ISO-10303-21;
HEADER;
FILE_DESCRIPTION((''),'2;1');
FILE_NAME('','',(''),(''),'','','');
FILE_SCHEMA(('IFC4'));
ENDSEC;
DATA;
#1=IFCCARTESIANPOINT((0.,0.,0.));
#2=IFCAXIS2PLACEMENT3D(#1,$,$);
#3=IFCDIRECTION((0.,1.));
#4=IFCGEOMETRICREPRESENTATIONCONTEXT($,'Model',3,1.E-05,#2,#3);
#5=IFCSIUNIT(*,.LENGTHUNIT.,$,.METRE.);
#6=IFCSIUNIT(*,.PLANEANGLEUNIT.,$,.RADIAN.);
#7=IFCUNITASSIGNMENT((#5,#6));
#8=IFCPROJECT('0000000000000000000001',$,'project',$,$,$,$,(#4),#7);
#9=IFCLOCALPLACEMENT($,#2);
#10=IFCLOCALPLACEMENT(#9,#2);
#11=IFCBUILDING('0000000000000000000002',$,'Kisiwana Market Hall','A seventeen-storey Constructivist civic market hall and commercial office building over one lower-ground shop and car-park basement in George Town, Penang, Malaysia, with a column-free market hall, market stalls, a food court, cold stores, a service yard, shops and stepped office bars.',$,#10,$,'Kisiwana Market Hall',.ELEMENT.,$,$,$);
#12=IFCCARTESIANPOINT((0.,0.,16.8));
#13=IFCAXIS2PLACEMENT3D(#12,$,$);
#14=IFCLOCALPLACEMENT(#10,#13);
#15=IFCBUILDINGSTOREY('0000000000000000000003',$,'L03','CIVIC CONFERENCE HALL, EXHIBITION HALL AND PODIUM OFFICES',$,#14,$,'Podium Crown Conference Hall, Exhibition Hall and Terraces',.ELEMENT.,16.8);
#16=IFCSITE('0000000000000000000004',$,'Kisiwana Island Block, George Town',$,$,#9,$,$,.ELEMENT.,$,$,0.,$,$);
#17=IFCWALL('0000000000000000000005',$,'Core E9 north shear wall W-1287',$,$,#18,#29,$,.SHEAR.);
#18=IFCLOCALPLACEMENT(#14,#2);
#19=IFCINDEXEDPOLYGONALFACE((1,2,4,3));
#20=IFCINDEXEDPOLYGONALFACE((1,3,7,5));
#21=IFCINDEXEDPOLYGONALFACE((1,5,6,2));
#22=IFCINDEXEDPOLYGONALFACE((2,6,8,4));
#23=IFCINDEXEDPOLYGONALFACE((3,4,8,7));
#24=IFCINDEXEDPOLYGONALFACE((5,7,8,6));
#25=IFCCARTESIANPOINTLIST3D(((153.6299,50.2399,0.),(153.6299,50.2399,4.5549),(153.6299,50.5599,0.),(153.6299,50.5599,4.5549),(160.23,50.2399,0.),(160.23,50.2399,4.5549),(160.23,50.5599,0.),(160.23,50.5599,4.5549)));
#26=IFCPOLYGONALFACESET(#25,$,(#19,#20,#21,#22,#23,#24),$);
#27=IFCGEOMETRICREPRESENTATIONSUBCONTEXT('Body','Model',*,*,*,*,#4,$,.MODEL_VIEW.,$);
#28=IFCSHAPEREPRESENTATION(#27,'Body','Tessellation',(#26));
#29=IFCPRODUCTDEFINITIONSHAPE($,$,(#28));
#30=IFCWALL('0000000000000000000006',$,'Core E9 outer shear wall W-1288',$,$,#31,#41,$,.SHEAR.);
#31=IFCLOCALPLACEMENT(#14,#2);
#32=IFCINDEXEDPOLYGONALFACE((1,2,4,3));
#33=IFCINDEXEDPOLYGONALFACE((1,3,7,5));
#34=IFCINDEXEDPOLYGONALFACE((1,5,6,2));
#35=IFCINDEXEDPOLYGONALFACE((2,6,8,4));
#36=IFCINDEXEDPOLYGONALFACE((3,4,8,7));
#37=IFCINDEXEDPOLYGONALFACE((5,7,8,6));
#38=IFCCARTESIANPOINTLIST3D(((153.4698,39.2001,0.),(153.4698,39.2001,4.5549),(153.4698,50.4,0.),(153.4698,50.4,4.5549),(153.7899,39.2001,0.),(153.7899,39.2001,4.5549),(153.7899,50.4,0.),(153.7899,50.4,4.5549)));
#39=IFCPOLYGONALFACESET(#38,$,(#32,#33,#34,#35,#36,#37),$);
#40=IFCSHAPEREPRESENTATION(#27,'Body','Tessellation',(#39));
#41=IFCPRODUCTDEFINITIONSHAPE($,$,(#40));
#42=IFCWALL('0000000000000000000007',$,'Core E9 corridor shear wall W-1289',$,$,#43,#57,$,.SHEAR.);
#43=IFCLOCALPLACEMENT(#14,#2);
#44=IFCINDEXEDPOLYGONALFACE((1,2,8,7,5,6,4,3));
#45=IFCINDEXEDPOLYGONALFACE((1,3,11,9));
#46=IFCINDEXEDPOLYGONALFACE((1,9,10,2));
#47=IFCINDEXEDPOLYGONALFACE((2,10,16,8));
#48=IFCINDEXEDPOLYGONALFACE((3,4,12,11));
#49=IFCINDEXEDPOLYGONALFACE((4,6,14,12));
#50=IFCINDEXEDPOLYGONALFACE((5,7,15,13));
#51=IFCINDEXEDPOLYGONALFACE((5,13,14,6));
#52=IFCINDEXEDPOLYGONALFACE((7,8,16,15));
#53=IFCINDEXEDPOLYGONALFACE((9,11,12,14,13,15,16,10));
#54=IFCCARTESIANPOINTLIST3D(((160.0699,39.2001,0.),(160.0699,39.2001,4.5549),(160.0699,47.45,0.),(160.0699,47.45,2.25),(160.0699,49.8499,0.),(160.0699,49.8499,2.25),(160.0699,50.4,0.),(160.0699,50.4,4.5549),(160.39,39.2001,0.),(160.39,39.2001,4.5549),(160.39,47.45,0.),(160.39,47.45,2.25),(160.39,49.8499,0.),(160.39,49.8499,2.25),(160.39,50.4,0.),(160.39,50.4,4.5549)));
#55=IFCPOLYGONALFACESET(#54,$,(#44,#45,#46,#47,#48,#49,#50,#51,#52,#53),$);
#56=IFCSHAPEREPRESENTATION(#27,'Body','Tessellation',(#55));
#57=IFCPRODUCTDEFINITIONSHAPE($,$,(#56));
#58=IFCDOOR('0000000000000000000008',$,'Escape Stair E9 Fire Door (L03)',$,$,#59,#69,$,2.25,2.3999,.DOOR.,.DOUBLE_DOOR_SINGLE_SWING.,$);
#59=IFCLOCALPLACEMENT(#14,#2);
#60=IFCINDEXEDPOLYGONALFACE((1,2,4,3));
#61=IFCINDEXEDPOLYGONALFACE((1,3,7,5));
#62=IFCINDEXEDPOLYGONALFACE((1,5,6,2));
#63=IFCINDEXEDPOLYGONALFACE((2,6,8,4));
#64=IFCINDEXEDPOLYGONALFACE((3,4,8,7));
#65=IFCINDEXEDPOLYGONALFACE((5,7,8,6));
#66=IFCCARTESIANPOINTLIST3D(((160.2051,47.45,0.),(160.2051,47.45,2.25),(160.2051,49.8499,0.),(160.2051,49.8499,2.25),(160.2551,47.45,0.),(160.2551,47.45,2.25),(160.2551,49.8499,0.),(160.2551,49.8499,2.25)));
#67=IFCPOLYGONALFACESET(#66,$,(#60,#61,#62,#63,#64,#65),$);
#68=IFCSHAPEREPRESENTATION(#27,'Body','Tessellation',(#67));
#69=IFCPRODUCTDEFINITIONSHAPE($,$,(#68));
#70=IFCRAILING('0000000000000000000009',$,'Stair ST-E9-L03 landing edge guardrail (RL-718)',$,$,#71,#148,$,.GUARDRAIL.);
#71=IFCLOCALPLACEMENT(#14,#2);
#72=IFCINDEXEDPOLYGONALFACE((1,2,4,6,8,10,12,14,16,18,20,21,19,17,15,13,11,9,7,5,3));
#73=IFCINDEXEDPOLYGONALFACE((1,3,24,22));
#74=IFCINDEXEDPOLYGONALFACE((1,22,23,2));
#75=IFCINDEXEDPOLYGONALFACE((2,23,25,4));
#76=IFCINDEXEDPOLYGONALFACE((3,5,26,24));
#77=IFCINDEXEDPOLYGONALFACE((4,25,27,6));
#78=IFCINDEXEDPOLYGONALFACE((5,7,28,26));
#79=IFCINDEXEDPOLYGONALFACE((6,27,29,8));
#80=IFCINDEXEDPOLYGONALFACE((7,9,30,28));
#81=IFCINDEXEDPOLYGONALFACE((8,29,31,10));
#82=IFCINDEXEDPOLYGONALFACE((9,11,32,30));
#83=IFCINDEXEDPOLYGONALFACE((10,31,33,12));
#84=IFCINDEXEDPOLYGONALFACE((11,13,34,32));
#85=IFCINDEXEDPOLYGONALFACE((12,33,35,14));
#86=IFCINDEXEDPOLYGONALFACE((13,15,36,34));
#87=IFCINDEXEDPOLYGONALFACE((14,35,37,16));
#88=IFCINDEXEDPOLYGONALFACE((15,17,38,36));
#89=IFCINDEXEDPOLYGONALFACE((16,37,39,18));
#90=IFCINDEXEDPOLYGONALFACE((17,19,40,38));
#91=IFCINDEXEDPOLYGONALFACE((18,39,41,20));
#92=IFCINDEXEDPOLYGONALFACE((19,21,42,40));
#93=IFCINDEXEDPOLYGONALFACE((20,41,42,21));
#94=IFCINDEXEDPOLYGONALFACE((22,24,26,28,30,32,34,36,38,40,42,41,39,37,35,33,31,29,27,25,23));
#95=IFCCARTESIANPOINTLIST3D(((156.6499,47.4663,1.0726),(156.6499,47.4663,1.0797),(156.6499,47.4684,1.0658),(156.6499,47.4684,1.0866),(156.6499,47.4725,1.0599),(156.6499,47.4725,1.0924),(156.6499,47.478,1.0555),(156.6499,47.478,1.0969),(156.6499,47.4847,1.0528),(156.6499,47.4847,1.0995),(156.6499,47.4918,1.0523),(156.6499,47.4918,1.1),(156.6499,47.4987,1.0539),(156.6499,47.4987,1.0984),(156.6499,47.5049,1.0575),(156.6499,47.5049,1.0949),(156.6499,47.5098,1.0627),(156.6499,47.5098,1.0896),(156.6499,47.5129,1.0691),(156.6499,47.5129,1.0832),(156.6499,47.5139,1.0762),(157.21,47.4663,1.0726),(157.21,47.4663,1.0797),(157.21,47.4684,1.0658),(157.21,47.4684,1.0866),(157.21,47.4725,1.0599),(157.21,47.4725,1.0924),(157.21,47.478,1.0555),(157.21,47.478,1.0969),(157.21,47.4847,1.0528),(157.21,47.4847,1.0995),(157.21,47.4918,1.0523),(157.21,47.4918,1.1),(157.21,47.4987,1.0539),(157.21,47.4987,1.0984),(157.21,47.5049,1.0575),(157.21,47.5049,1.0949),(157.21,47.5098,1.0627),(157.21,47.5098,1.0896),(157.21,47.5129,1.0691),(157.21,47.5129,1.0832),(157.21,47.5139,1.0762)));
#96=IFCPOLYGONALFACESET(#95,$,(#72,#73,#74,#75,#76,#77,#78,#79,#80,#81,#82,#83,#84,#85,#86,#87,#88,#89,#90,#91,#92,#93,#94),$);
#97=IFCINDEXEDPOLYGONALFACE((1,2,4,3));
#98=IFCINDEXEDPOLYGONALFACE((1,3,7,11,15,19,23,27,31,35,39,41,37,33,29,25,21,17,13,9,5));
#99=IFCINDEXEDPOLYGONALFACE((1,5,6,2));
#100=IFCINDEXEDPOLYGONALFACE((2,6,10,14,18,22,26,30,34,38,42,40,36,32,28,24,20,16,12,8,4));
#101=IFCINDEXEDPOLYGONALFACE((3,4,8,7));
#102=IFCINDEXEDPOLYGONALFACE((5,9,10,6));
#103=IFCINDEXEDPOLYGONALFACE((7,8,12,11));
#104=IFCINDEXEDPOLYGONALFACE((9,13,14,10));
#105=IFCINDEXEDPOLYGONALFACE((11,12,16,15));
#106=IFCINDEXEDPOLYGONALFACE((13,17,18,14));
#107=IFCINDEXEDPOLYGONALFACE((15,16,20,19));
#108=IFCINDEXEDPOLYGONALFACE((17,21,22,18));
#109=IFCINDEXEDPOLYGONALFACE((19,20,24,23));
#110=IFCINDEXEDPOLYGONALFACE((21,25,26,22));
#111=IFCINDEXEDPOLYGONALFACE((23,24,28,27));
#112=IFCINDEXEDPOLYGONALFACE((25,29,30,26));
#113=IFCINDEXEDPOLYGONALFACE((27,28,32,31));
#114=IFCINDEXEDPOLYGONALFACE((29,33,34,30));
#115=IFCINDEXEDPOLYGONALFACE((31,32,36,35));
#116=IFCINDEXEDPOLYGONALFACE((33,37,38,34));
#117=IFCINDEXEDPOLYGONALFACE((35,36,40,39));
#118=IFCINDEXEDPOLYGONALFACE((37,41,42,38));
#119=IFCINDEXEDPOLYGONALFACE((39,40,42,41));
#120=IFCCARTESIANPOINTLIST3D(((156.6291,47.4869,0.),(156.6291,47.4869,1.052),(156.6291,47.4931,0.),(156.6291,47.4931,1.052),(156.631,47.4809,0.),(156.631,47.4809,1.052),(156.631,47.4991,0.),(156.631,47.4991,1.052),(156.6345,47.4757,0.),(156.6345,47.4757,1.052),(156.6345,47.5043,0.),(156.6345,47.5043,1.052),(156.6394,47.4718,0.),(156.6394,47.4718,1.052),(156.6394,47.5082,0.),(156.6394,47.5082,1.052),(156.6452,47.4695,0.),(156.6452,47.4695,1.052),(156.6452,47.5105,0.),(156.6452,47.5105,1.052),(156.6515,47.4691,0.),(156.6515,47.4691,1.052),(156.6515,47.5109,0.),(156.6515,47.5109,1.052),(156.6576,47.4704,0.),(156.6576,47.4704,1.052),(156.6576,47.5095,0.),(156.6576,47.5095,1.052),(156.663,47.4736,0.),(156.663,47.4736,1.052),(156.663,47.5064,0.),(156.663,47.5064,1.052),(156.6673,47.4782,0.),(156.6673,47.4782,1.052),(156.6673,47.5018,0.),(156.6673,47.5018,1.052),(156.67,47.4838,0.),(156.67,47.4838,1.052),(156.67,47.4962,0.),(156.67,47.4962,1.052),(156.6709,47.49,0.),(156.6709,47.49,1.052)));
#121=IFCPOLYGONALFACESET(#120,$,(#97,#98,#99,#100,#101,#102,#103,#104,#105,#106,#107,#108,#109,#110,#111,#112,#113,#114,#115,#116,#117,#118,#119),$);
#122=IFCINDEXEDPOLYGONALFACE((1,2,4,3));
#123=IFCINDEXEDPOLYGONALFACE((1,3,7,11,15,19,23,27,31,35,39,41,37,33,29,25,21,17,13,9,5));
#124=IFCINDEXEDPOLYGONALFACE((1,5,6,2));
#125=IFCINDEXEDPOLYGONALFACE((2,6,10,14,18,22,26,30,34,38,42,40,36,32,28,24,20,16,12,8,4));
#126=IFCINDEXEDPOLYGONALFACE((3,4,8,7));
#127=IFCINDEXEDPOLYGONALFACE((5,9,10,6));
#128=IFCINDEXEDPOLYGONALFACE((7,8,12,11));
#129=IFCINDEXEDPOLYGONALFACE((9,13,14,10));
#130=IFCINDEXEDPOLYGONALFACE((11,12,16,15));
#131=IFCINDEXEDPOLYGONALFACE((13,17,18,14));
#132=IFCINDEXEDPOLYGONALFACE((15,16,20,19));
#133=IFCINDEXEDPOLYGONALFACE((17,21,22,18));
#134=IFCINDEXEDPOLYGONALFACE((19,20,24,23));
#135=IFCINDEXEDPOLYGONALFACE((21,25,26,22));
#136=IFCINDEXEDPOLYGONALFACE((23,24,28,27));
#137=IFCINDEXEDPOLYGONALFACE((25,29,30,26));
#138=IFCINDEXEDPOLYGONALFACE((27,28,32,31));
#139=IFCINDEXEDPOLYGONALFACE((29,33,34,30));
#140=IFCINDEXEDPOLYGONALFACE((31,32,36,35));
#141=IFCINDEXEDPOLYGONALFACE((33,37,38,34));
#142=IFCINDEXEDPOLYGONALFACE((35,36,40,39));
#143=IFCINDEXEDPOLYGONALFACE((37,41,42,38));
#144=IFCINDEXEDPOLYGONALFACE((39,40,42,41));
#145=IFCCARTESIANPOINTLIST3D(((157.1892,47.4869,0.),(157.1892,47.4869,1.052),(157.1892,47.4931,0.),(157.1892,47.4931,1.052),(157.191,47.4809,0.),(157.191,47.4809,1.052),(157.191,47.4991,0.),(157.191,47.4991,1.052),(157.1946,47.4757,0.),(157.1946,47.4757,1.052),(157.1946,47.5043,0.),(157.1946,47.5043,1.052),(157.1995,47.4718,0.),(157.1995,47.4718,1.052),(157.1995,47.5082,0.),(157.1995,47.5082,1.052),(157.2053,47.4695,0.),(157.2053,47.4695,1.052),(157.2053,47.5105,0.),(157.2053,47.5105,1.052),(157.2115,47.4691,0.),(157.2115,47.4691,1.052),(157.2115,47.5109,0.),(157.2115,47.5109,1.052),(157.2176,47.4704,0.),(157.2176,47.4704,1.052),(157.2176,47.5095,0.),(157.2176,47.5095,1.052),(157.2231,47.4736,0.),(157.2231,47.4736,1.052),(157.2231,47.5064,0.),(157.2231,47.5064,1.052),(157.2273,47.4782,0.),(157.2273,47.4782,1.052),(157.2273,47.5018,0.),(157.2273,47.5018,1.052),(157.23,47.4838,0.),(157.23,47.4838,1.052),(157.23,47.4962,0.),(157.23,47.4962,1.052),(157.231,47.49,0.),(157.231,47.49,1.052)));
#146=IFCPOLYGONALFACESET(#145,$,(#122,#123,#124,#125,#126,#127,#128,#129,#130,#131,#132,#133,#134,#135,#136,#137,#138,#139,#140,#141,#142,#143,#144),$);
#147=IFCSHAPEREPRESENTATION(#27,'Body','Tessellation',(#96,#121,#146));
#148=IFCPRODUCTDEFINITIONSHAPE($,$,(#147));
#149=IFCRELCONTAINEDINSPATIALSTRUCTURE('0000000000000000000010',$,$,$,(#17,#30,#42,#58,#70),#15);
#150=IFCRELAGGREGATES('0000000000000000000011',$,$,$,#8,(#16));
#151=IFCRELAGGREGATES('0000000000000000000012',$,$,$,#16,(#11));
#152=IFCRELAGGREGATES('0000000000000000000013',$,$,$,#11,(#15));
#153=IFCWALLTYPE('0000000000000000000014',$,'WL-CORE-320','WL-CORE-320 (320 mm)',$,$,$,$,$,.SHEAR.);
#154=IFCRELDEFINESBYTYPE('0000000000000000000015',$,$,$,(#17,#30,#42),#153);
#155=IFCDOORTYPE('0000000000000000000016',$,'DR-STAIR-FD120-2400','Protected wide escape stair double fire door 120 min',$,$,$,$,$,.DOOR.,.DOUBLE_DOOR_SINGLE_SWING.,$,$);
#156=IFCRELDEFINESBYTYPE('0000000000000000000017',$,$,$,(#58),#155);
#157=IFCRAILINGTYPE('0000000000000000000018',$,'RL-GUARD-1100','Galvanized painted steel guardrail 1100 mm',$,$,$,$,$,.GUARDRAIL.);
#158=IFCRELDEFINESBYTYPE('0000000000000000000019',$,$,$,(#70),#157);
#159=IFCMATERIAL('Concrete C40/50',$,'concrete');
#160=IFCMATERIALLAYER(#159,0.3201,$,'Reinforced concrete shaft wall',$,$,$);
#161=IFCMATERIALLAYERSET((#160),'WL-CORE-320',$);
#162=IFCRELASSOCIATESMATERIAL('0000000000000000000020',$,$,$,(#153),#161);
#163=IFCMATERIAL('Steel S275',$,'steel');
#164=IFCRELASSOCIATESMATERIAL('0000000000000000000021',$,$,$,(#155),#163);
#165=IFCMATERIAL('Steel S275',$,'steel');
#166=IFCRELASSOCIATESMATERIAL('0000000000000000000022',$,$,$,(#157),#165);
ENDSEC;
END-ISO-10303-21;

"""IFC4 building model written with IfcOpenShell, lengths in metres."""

from ifc_helpers import new_model, si_unit, direction, frame, frame_2d, origin, origin_2d, place, context, subcontext, project, spatial, rectangle, circle, extrude, material, layer, layer_set, type_object, element, fill, save


model = new_model("IFC4")

# Units and contexts
model_context = context("Model", 3, precision=1e-05, world=origin(), true_north=direction((0.0, 1.0)))
body_context = subcontext(model_context, "Body", "Model", "MODEL_VIEW")
ifc_project = project(units=[si_unit("LENGTHUNIT", "METRE"), si_unit("PLANEANGLEUNIT", "RADIAN")], contexts=[model_context])

# Site, building, storey
site_placement = place(None, origin())
site = spatial("IfcSite", under=ifc_project, at=site_placement, Name="Kisiwana Island Block, George Town", CompositionType="ELEMENT", RefElevation=0.0)
building_placement = place(site_placement, origin())
building = spatial("IfcBuilding", under=site, at=building_placement, Name="Kisiwana Market Hall", Description="A seventeen-storey Constructivist civic market hall and commercial office building over one lower-ground shop and car-park basement in George Town, Penang, Malaysia, with a column-free market hall, market stalls, a food court, cold stores, a service yard, shops and stepped office bars.", LongName="Kisiwana Market Hall", CompositionType="ELEMENT")
storey_placement = place(building_placement, frame((0.0, 0.0, 16.8)))
storey = spatial("IfcBuildingStorey", under=building, at=storey_placement, Name="L03", Description="CIVIC CONFERENCE HALL, EXHIBITION HALL AND PODIUM OFFICES", LongName="Podium Crown Conference Hall, Exhibition Hall and Terraces", CompositionType="ELEMENT", Elevation=16.8)

# Walls
ifc_material_1 = material(Name="Concrete C40/50", Category="concrete")
ifc_layer = layer(ifc_material_1, 0.3201, Name="Reinforced concrete shaft wall")
ifc_layer_set = layer_set([ifc_layer], Name="WL-CORE-320")
wall_type = type_object("IfcWallType", Name="WL-CORE-320", Description="WL-CORE-320 (320 mm)", PredefinedType="SHEAR", material=ifc_layer_set)
for number, where, z_axis, x_axis, name in (
    (1, (153.6299, 50.3999, 0.0), (0.0, 0.0, 1.0), (1.0, 0.0, 0.0), "Core E9 north shear wall W-1287"),
):
    element("IfcWall", number, at=place(storey_placement, frame(where, z_axis=z_axis, x_axis=x_axis)), inside=storey, type_object=wall_type, Name=name, PredefinedType="SHEAR", context=body_context, shape_type="SweptSolid", body=[
        extrude(rectangle(XDim=6.6001, YDim=0.3201, at=frame_2d((3.3, 0.0))), origin(), (0.0, 0.0, 1.0), 4.5549),
    ])
wall_1_placement = place(storey_placement, frame((153.6299, 39.2, 0.0), z_axis=(0.0, 0.0, 1.0), x_axis=(0.0, 1.0, 0.0)))
element("IfcWall", 2, at=wall_1_placement, inside=storey, type_object=wall_type, Name="Core E9 outer shear wall W-1288", PredefinedType="SHEAR", context=body_context, shape_type="SweptSolid", body=[
    extrude(rectangle(XDim=11.2, YDim=0.3201, at=frame_2d((5.6001, 0.0))), origin(), (0.0, 0.0, 1.0), 4.5549),
])

# Wall, opening, door
wall_2_placement = place(storey_placement, frame((160.23, 39.2, 0.0), z_axis=(0.0, 0.0, 1.0), x_axis=(0.0, 1.0, 0.0)))
wall_2 = element("IfcWall", 3, at=wall_2_placement, inside=storey, type_object=wall_type, Name="Core E9 corridor shear wall W-1289", PredefinedType="SHEAR", context=body_context, shape_type="SweptSolid", body=[
    extrude(rectangle(XDim=11.2, YDim=0.3201, at=frame_2d((5.6001, 0.0))), origin(), (0.0, 0.0, 1.0), 4.5549),
])
opening_placement = place(wall_2_placement, frame((8.25, 0.0, 0.0)))
opening = element("IfcOpeningElement", 4, at=opening_placement, cuts=wall_2, PredefinedType="OPENING", context=body_context, shape_type="SweptSolid", body=[
    extrude(rectangle(XDim=2.3999, YDim=2.25, at=frame_2d((1.2, 1.125))), frame((0.0, 0.1719, 0.0), z_axis=(0.0, -1.0, 0.0), x_axis=(1.0, 0.0, 0.0)), (0.0, 0.0, 1.0), 0.344),
])
ifc_material_2 = material(Name="Steel S275", Category="steel")
door_type = type_object("IfcDoorType", Name="DR-STAIR-FD120-2400", Description="Protected wide escape stair double fire door 120 min", OperationType="DOUBLE_DOOR_SINGLE_SWING", PredefinedType="DOOR", material=ifc_material_2)
door_placement = place(opening_placement, origin())
door = element("IfcDoor", 5, at=door_placement, inside=storey, type_object=door_type, Name="Escape Stair E9 Fire Door (L03)", OperationType="DOUBLE_DOOR_SINGLE_SWING", OverallHeight=2.25, OverallWidth=2.3999, PredefinedType="DOOR", context=body_context, shape_type="SweptSolid", body=[
    extrude(rectangle(XDim=2.3999, YDim=2.25, at=frame_2d((1.2, 1.125))), frame((0.0, 0.0249, 0.0), z_axis=(0.0, -1.0, 0.0), x_axis=(1.0, 0.0, 0.0)), (0.0, 0.0, 1.0), 0.05),
])
fill(opening, door)

# Railing
ifc_material_3 = material(Name="Steel S275", Category="steel")
railing_type_1 = type_object("IfcRailingType", Name="RL-GUARD-1100", Description="Galvanized painted steel guardrail 1100 mm", PredefinedType="GUARDRAIL", material=ifc_material_3)
railing_1_placement = place(storey_placement, frame((156.6499, 47.49, 0.0)))
element("IfcRailing", 6, at=railing_1_placement, inside=storey, type_object=railing_type_1, Name="Stair ST-E9-L03 landing edge guardrail (RL-718)", PredefinedType="GUARDRAIL", context=body_context, shape_type="SweptSolid", body=[
    extrude(circle(Radius=0.0239, at=origin_2d()), frame((0.0, 0.0, 1.0762), z_axis=(1.0, 0.0, 0.0), x_axis=(0.0, 1.0, 0.0)), (0.0, 0.0, 1.0), 0.5601),
    extrude(circle(Radius=0.021, at=origin_2d()), origin(), (0.0, 0.0, 1.0), 1.052),
    extrude(circle(Radius=0.021, at=origin_2d()), frame((0.5601, 0.0, 0.0)), (0.0, 0.0, 1.0), 1.052),
])

save(model, "model.ifc")
